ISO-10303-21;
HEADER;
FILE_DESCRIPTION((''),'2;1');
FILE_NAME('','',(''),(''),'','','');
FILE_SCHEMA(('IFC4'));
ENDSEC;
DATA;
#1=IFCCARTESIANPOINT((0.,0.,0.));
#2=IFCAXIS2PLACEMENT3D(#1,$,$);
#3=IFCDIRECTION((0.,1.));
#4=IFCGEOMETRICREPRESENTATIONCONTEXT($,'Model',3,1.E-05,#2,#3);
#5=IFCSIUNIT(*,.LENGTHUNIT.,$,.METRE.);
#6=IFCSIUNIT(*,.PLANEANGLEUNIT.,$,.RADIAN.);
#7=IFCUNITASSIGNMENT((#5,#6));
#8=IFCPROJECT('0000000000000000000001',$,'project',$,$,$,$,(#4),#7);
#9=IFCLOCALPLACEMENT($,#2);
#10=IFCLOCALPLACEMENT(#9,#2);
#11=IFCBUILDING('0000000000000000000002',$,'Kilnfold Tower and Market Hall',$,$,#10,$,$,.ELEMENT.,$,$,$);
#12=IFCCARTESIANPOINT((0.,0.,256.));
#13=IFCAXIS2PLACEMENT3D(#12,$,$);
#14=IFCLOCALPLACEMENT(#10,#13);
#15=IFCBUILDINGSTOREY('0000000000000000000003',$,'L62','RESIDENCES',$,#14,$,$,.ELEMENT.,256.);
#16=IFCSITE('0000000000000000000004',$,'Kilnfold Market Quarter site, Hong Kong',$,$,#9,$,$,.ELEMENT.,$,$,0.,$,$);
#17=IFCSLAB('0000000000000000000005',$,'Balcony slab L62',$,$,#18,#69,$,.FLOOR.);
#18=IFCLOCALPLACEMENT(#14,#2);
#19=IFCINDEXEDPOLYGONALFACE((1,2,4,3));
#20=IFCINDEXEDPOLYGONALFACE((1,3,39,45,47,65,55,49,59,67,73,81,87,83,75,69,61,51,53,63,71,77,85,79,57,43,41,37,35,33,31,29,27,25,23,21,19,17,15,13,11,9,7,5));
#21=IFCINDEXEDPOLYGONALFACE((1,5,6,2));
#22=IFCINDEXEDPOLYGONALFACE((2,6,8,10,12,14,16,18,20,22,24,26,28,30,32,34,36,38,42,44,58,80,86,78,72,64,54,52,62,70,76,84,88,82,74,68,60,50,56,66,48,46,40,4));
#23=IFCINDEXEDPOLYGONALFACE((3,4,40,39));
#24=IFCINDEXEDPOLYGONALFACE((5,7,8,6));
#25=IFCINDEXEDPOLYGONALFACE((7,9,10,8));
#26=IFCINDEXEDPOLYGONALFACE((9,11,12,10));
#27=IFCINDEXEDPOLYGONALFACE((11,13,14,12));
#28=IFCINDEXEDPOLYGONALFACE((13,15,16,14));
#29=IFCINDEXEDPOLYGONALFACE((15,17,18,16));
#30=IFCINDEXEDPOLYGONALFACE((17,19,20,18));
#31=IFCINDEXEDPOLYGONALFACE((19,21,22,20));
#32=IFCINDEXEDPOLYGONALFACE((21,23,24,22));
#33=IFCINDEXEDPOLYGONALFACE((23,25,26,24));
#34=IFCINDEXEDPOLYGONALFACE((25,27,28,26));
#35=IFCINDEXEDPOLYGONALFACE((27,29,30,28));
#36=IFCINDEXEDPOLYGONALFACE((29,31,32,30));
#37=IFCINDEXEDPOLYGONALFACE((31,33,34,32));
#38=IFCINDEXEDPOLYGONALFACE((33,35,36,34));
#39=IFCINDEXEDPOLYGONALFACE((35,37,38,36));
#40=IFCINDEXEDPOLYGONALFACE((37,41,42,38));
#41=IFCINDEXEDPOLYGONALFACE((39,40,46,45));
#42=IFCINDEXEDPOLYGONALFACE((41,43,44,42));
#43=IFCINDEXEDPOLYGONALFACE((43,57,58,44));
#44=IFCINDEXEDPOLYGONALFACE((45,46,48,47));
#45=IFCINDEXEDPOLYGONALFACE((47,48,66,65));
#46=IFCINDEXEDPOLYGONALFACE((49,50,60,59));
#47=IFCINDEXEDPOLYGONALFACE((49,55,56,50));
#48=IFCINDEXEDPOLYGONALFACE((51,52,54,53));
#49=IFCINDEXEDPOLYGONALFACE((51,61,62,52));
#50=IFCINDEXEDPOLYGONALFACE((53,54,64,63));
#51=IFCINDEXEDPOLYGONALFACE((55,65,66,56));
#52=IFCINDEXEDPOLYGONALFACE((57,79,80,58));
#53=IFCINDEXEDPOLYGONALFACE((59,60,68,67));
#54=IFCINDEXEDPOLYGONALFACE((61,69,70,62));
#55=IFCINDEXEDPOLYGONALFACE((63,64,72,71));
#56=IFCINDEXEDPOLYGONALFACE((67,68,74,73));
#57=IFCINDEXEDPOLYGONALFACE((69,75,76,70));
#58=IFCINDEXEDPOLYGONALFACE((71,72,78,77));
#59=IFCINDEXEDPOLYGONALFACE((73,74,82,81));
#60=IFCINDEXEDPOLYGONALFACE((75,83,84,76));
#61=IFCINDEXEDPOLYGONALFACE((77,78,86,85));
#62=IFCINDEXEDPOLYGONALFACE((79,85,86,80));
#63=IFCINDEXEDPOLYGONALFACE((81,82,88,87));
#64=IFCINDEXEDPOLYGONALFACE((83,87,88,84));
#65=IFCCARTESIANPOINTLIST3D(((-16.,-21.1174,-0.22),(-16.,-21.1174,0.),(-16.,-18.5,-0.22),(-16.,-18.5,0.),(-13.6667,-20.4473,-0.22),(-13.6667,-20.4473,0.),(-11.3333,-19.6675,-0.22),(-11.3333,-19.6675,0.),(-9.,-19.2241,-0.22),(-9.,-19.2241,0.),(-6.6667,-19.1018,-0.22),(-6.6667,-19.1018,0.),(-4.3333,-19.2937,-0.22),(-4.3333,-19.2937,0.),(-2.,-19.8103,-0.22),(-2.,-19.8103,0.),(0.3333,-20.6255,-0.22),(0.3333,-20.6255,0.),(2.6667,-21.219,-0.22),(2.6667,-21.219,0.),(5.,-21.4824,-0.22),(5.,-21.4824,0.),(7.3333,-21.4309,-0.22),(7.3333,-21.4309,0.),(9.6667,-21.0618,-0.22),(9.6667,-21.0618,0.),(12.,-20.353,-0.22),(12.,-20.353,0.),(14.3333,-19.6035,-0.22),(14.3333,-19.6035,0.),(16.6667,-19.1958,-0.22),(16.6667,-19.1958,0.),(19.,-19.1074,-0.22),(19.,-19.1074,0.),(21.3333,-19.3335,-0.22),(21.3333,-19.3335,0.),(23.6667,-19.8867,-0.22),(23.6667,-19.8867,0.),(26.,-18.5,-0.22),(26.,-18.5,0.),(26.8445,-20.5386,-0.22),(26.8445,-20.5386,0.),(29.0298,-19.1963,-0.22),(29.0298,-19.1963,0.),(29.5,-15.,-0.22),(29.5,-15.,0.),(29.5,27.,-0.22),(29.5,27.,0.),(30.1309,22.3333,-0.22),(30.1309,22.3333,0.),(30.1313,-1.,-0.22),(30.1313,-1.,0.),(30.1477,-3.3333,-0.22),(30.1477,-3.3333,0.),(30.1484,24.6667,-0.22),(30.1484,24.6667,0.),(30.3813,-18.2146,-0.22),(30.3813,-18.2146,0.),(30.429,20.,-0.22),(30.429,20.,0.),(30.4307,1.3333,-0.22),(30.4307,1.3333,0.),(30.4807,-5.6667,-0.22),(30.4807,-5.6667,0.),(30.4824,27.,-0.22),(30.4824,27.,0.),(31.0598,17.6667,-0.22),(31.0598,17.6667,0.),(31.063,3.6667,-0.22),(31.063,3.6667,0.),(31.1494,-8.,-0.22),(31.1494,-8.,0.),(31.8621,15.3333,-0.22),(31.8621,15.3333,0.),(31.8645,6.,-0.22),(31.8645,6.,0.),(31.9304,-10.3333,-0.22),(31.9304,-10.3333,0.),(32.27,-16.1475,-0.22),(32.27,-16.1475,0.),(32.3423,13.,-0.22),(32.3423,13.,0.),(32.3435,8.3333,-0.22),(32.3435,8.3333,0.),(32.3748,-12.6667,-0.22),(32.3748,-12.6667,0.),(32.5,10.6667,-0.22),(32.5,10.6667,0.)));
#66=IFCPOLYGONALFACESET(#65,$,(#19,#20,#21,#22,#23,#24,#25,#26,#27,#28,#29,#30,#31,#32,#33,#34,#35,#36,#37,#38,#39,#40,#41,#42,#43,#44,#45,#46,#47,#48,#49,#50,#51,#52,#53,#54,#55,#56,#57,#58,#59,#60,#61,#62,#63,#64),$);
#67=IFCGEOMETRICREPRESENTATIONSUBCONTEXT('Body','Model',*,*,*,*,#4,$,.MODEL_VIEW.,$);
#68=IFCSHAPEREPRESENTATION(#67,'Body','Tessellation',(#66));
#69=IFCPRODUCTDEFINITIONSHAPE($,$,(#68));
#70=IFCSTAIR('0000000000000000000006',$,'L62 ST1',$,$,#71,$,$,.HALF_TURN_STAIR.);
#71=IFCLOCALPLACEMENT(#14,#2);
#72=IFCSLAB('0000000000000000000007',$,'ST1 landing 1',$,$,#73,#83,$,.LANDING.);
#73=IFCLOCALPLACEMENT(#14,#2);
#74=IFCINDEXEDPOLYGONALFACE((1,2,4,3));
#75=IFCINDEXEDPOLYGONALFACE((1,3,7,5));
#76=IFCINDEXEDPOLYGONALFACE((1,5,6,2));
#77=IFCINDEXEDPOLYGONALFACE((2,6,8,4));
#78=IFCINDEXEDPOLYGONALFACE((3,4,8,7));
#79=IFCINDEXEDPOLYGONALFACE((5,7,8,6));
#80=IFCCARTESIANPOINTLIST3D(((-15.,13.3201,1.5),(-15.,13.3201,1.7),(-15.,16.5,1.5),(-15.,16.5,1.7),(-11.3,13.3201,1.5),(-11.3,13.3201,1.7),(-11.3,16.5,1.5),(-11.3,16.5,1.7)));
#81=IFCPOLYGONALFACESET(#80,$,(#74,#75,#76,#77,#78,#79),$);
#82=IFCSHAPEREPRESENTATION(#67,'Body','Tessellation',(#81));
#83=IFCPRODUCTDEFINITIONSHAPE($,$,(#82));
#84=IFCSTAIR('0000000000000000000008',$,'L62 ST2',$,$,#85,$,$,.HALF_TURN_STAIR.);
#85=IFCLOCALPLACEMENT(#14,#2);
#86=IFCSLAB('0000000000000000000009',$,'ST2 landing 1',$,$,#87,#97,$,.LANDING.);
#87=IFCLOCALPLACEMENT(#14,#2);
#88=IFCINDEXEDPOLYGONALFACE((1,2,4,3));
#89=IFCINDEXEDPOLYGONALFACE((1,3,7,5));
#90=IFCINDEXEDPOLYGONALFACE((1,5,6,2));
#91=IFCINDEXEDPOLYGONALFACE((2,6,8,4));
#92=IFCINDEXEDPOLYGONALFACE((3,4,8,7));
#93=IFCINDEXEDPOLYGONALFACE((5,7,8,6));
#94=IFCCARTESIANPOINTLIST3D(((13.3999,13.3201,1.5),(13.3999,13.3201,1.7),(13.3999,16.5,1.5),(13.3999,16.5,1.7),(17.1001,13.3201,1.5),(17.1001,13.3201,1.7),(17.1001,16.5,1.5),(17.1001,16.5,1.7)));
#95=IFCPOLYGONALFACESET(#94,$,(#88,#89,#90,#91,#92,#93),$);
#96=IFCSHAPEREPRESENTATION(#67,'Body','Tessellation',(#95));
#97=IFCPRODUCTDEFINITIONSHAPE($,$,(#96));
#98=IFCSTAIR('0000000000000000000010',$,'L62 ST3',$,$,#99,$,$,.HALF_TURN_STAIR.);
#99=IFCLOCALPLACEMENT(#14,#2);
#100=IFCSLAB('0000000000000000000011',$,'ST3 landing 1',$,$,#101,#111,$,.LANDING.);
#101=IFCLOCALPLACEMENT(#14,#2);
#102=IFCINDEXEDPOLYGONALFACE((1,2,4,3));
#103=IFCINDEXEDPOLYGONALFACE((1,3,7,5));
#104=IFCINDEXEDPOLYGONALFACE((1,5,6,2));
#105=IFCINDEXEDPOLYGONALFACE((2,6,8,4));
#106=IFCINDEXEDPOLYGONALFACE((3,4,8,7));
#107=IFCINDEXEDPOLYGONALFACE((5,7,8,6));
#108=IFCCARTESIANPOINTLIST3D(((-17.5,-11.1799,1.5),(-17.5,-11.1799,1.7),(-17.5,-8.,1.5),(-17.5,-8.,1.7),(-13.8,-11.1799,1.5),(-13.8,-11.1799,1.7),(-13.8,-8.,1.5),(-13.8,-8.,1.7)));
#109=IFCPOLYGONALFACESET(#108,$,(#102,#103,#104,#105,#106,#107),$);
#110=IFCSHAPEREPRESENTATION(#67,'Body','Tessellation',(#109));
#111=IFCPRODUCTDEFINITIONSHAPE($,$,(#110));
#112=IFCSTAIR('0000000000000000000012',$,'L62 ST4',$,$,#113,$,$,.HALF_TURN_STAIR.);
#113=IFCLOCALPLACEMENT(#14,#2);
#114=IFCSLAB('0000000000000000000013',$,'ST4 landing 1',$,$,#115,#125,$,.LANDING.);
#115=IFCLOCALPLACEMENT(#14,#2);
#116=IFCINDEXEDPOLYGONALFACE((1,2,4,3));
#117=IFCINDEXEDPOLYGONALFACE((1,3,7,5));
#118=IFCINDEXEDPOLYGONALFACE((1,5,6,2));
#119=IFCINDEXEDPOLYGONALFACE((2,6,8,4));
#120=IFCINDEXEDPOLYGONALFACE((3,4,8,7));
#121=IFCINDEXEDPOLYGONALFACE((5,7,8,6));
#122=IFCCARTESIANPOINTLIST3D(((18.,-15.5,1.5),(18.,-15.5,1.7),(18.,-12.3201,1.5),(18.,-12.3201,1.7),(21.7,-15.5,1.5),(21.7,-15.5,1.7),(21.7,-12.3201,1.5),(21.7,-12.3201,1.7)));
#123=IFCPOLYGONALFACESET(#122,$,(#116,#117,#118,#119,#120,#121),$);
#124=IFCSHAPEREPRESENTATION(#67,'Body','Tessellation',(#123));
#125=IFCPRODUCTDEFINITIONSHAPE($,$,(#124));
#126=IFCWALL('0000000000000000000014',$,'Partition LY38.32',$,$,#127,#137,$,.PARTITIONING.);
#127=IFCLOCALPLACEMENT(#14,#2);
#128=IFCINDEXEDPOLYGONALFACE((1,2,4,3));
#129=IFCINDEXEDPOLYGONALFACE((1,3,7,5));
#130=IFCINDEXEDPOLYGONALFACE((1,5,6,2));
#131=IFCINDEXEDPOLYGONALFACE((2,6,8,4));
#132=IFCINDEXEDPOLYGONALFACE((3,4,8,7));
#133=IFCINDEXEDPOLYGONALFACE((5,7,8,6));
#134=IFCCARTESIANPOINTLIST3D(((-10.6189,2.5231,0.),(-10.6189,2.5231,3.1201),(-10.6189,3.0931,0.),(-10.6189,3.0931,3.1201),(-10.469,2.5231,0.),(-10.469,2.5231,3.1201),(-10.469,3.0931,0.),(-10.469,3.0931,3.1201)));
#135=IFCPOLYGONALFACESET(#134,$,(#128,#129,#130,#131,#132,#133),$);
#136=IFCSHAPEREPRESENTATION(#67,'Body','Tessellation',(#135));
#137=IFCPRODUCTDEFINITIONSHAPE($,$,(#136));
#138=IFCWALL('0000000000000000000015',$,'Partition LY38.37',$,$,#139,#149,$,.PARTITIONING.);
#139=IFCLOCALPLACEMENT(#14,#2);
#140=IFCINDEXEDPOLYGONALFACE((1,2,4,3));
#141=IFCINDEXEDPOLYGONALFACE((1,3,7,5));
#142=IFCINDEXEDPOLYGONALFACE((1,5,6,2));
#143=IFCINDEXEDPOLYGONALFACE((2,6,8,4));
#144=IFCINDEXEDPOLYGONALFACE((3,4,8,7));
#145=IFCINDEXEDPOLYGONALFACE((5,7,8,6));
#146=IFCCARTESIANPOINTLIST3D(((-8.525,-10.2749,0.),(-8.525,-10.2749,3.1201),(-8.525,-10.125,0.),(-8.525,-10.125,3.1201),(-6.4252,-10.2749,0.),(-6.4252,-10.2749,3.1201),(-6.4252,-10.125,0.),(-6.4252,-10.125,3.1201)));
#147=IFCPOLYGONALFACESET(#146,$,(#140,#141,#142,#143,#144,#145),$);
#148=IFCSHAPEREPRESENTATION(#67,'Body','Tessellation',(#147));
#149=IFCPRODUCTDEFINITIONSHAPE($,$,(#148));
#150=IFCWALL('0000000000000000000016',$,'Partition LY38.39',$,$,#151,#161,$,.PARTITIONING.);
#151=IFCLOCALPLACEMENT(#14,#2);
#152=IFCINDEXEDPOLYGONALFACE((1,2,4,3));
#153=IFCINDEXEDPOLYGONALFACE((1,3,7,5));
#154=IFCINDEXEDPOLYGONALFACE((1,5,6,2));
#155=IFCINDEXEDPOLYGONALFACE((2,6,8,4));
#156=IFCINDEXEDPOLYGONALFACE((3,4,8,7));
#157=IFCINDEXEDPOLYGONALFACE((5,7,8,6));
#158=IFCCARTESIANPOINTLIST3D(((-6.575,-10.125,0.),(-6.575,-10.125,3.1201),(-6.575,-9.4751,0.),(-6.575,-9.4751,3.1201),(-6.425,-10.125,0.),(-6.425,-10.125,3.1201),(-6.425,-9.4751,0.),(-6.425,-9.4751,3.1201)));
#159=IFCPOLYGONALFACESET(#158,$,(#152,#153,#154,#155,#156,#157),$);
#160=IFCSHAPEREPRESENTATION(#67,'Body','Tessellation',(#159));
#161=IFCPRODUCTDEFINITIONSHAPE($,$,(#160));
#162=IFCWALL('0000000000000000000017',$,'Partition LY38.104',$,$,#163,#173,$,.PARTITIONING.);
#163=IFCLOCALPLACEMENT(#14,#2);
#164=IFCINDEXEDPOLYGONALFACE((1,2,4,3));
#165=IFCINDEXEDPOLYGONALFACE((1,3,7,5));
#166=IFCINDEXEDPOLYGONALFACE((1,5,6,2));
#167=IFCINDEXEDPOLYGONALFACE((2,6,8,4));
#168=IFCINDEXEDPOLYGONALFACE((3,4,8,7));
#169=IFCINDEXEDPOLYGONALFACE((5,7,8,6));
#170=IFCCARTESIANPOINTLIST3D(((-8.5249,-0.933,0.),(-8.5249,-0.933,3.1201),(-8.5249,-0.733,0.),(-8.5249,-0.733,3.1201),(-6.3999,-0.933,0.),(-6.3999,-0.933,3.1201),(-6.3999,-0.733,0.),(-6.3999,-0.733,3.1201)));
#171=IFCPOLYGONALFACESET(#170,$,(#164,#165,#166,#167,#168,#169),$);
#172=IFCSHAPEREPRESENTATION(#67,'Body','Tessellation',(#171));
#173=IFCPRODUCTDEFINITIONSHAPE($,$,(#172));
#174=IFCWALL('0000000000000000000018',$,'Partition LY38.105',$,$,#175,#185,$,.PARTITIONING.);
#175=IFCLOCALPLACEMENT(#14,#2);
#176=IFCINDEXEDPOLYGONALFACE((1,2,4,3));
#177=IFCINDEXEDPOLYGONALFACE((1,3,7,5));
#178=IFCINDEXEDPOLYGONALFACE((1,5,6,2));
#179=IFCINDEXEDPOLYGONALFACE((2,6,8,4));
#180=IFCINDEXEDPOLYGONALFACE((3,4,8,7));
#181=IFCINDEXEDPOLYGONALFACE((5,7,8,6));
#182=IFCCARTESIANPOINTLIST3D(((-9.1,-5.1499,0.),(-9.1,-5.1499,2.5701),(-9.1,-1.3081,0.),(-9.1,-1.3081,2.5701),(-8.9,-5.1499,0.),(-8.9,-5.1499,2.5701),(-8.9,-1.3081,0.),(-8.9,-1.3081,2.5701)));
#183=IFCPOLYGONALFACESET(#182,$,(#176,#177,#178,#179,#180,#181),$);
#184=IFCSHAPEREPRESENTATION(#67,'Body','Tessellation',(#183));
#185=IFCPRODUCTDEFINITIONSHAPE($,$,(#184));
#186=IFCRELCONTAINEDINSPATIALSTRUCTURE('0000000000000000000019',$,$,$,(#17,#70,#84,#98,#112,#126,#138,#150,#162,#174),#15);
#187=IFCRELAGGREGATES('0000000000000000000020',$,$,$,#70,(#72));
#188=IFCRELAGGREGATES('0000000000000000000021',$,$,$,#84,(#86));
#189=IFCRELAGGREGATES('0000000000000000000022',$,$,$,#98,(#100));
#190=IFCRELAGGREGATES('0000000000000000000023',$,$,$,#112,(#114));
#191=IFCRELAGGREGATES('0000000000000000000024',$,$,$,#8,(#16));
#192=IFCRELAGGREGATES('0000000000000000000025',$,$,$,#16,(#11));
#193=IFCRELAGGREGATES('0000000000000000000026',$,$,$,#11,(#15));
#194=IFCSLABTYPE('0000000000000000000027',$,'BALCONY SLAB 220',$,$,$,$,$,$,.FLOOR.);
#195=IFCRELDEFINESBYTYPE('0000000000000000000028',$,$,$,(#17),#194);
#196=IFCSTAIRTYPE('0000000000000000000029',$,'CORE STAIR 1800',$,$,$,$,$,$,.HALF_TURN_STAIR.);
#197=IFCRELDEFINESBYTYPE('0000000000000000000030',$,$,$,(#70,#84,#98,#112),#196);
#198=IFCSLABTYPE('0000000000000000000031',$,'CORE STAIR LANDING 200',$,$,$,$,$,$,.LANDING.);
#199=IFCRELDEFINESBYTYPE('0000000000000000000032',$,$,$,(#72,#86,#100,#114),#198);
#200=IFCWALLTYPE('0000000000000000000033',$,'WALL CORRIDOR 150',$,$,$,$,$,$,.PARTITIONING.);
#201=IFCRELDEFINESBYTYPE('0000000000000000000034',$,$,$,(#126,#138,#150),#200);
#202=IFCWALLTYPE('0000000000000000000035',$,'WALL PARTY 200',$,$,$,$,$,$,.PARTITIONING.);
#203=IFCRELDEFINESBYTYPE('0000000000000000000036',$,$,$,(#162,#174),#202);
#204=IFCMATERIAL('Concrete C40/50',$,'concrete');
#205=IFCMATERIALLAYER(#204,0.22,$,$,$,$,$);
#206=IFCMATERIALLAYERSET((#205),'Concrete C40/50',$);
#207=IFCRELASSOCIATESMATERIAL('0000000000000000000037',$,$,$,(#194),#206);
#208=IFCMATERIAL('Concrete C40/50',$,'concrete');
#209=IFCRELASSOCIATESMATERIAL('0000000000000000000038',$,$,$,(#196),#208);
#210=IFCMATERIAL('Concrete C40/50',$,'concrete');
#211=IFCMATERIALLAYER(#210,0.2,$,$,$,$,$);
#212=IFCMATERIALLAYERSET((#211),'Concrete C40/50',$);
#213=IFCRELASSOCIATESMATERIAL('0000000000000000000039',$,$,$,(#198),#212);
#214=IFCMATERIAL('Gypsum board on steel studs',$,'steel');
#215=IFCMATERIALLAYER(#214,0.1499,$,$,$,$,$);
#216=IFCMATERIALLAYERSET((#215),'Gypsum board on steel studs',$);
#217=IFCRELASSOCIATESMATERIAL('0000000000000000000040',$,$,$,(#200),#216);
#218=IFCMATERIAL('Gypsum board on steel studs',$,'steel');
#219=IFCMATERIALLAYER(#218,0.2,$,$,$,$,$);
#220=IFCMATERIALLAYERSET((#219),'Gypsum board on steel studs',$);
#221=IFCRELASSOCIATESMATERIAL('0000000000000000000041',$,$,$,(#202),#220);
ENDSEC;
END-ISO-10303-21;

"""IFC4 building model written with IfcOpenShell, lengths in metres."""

from ifc_helpers import new_model, si_unit, direction, frame, frame_2d, origin, place, context, subcontext, project, spatial, polyline, rectangle, outline, extrude, source, transform, mapped, material, layer, layer_set, type_object, element, aggregate, save


model = new_model("IFC4")

# Units and contexts
model_context = context("Model", 3, precision=1e-05, world=origin(), true_north=direction((0.0, 1.0)))
body_context = subcontext(model_context, "Body", "Model", "MODEL_VIEW")
ifc_project = project(units=[si_unit("LENGTHUNIT", "METRE"), si_unit("PLANEANGLEUNIT", "RADIAN")], contexts=[model_context])

# Site, building, storey
site_placement = place(None, origin())
site = spatial("IfcSite", under=ifc_project, at=site_placement, Name="Kilnfold Market Quarter site, Hong Kong", CompositionType="ELEMENT", RefElevation=0.0)
building_placement = place(site_placement, origin())
building = spatial("IfcBuilding", under=site, at=building_placement, Name="Kilnfold Tower and Market Hall", CompositionType="ELEMENT")
storey_placement = place(building_placement, frame((0.0, 0.0, 256.0)))
storey = spatial("IfcBuildingStorey", under=building, at=storey_placement, Name="L62", Description="RESIDENCES", CompositionType="ELEMENT", Elevation=256.0)

# Slab
ifc_material_1 = material(Name="Concrete C40/50", Category="concrete")
ifc_layer_1 = layer(ifc_material_1, 0.22)
ifc_layer_set_1 = layer_set([ifc_layer_1], Name="Concrete C40/50")
slab_type_1 = type_object("IfcSlabType", Name="BALCONY SLAB 220", PredefinedType="FLOOR", material=ifc_layer_set_1)
shared_shape_1 = source(origin(), body_context, "Body", "SweptSolid", [
    extrude(outline(polyline([(-16.0, -18.5), (26.0, -18.5), (29.5, -15.0), (29.5, 27.0), (30.4824, 27.0), (30.1484, 24.6667), (30.1309, 22.3333), (30.429, 20.0), (31.0598, 17.6667), (31.8621, 15.3333), (32.3423, 13.0), (32.5, 10.6667), (32.3435, 8.3333), (31.8645, 6.0), (31.063, 3.6667), (30.4307, 1.3333), (30.1313, -1.0), (30.1477, -3.3333), (30.4807, -5.6667), (31.1494, -8.0), (31.9304, -10.3333), (32.3748, -12.6667), (32.27, -16.1475), (30.3813, -18.2146), (29.0298, -19.1963), (26.8445, -20.5386), (23.6667, -19.8867), (21.3333, -19.3335), (19.0, -19.1074), (16.6667, -19.1958), (14.3333, -19.6035), (12.0, -20.353), (9.6667, -21.0618), (7.3333, -21.4309), (5.0, -21.4824), (2.6667, -21.219), (0.3333, -20.6255), (-2.0, -19.8103), (-4.3333, -19.2937), (-6.6667, -19.1018), (-9.0, -19.2241), (-11.3333, -19.6675), (-13.6667, -20.4473), (-16.0, -21.1174), (-16.0, -18.5)])), origin(), (0.0, 0.0, 1.0), 0.22),
])
slab_1_placement = place(storey_placement, frame((0.0, 0.0, -0.22)))
element("IfcSlab", 1, at=slab_1_placement, inside=storey, type_object=slab_type_1, Name="Balcony slab L62", PredefinedType="FLOOR", context=body_context, shape_type="MappedRepresentation", body=[
    mapped(shared_shape_1, transform((0.0, 0.0, 0.0))),
])

# Stairs, slabs
ifc_material_2 = material(Name="Concrete C40/50", Category="concrete")
stair_type = type_object("IfcStairType", Name="CORE STAIR 1800", PredefinedType="HALF_TURN_STAIR", material=ifc_material_2)
stair_1_placement = place(storey_placement, origin())
stair_1 = element("IfcStair", 2, at=stair_1_placement, inside=storey, type_object=stair_type, Name="L62 ST1", PredefinedType="HALF_TURN_STAIR")
ifc_material_3 = material(Name="Concrete C40/50", Category="concrete")
ifc_layer_2 = layer(ifc_material_3, 0.2)
ifc_layer_set_2 = layer_set([ifc_layer_2], Name="Concrete C40/50")
slab_type_2 = type_object("IfcSlabType", Name="CORE STAIR LANDING 200", PredefinedType="LANDING", material=ifc_layer_set_2)
shared_shape_2 = source(origin(), body_context, "Body", "SweptSolid", [
    extrude(outline(polyline([(-11.3, 13.3201), (-11.3, 16.5), (-15.0, 16.5), (-15.0, 13.3201), (-11.3, 13.3201)])), origin(), (0.0, 0.0, 1.0), 0.2),
])
slab_2_placement = place(storey_placement, frame((0.0, 0.0, 1.5)))
slab_2 = element("IfcSlab", 3, at=slab_2_placement, type_object=slab_type_2, Name="ST1 landing 1", PredefinedType="LANDING", context=body_context, shape_type="MappedRepresentation", body=[
    mapped(shared_shape_2, transform((0.0, 0.0, 0.0))),
])
aggregate(stair_1, [slab_2])
stair_2_placement = place(storey_placement, origin())
stair_2 = element("IfcStair", 4, at=stair_2_placement, inside=storey, type_object=stair_type, Name="L62 ST2", PredefinedType="HALF_TURN_STAIR")
shared_shape_3 = source(origin(), body_context, "Body", "SweptSolid", [
    extrude(outline(polyline([(17.1001, 13.3201), (17.1001, 16.5), (13.3999, 16.5), (13.3999, 13.3201), (17.1001, 13.3201)])), origin(), (0.0, 0.0, 1.0), 0.2),
])
slab_3_placement = place(storey_placement, frame((0.0, 0.0, 1.5)))
slab_3 = element("IfcSlab", 5, at=slab_3_placement, type_object=slab_type_2, Name="ST2 landing 1", PredefinedType="LANDING", context=body_context, shape_type="MappedRepresentation", body=[
    mapped(shared_shape_3, transform((0.0, 0.0, 0.0))),
])
aggregate(stair_2, [slab_3])
stair_3_placement = place(storey_placement, origin())
stair_3 = element("IfcStair", 6, at=stair_3_placement, inside=storey, type_object=stair_type, Name="L62 ST3", PredefinedType="HALF_TURN_STAIR")
shared_shape_4 = source(origin(), body_context, "Body", "SweptSolid", [
    extrude(outline(polyline([(-13.8, -11.1799), (-13.8, -8.0), (-17.5, -8.0), (-17.5, -11.1799), (-13.8, -11.1799)])), origin(), (0.0, 0.0, 1.0), 0.2),
])
slab_4_placement = place(storey_placement, frame((0.0, 0.0, 1.5)))
slab_4 = element("IfcSlab", 7, at=slab_4_placement, type_object=slab_type_2, Name="ST3 landing 1", PredefinedType="LANDING", context=body_context, shape_type="MappedRepresentation", body=[
    mapped(shared_shape_4, transform((0.0, 0.0, 0.0))),
])
aggregate(stair_3, [slab_4])
stair_4_placement = place(storey_placement, origin())
stair_4 = element("IfcStair", 8, at=stair_4_placement, inside=storey, type_object=stair_type, Name="L62 ST4", PredefinedType="HALF_TURN_STAIR")
shared_shape_5 = source(origin(), body_context, "Body", "SweptSolid", [
    extrude(outline(polyline([(18.0, -12.3201), (18.0, -15.5), (21.7, -15.5), (21.7, -12.3201), (18.0, -12.3201)])), origin(), (0.0, 0.0, 1.0), 0.2),
])
slab_5_placement = place(storey_placement, frame((0.0, 0.0, 1.5)))
slab_5 = element("IfcSlab", 9, at=slab_5_placement, type_object=slab_type_2, Name="ST4 landing 1", PredefinedType="LANDING", context=body_context, shape_type="MappedRepresentation", body=[
    mapped(shared_shape_5, transform((0.0, 0.0, 0.0))),
])
aggregate(stair_4, [slab_5])

# Walls
ifc_material_4 = material(Name="Gypsum board on steel studs", Category="steel")
ifc_layer_3 = layer(ifc_material_4, 0.1499)
ifc_layer_set_3 = layer_set([ifc_layer_3], Name="Gypsum board on steel studs")
wall_type_1 = type_object("IfcWallType", Name="WALL CORRIDOR 150", PredefinedType="PARTITIONING", material=ifc_layer_set_3)
wall_1_placement = place(storey_placement, frame((-10.5439, 2.5229, 0.0), z_axis=(0.0, 0.0, 1.0), x_axis=(0.0, 1.0, 0.0)))
element("IfcWall", 10, at=wall_1_placement, inside=storey, type_object=wall_type_1, Name="Partition LY38.32", PredefinedType="PARTITIONING", context=body_context, shape_type="SweptSolid", body=[
    extrude(rectangle(XDim=0.5701, YDim=0.1499, at=frame_2d((0.2852, 0.0))), origin(), (0.0, 0.0, 1.0), 3.1201),
])
wall_2_placement = place(storey_placement, frame((-8.5249, -10.2, 0.0), z_axis=(0.0, 0.0, 1.0), x_axis=(1.0, 0.0, 0.0)))
element("IfcWall", 11, at=wall_2_placement, inside=storey, type_object=wall_type_1, Name="Partition LY38.37", PredefinedType="PARTITIONING", context=body_context, shape_type="SweptSolid", body=[
    extrude(rectangle(XDim=2.0999, YDim=0.1499, at=frame_2d((1.0498, 0.0))), origin(), (0.0, 0.0, 1.0), 3.1201),
])
wall_3_placement = place(storey_placement, frame((-6.5, -10.125, 0.0), z_axis=(0.0, 0.0, 1.0), x_axis=(0.0, 1.0, 0.0)))
element("IfcWall", 12, at=wall_3_placement, inside=storey, type_object=wall_type_1, Name="Partition LY38.39", PredefinedType="PARTITIONING", context=body_context, shape_type="SweptSolid", body=[
    extrude(rectangle(XDim=0.6499, YDim=0.1499, at=frame_2d((0.325, 0.0))), origin(), (0.0, 0.0, 1.0), 3.1201),
])
ifc_material_5 = material(Name="Gypsum board on steel studs", Category="steel")
ifc_layer_4 = layer(ifc_material_5, 0.2)
ifc_layer_set_4 = layer_set([ifc_layer_4], Name="Gypsum board on steel studs")
wall_type_2 = type_object("IfcWallType", Name="WALL PARTY 200", PredefinedType="PARTITIONING", material=ifc_layer_set_4)
wall_4_placement = place(storey_placement, frame((-8.5249, -0.833, 0.0), z_axis=(0.0, 0.0, 1.0), x_axis=(1.0, 0.0, 0.0)))
element("IfcWall", 13, at=wall_4_placement, inside=storey, type_object=wall_type_2, Name="Partition LY38.104", PredefinedType="PARTITIONING", context=body_context, shape_type="SweptSolid", body=[
    extrude(rectangle(XDim=2.125, YDim=0.2, at=frame_2d((1.0625, 0.0))), origin(), (0.0, 0.0, 1.0), 3.1201),
])
wall_5_placement = place(storey_placement, frame((-9.0, -5.1499, 0.0), z_axis=(0.0, 0.0, 1.0), x_axis=(0.0, 1.0, 0.0)))
element("IfcWall", 14, at=wall_5_placement, inside=storey, type_object=wall_type_2, Name="Partition LY38.105", PredefinedType="PARTITIONING", context=body_context, shape_type="SweptSolid", body=[
    extrude(rectangle(XDim=3.8418, YDim=0.2, at=frame_2d((1.9209, 0.0))), origin(), (0.0, 0.0, 1.0), 2.5701),
])

save(model, "model.ifc")
